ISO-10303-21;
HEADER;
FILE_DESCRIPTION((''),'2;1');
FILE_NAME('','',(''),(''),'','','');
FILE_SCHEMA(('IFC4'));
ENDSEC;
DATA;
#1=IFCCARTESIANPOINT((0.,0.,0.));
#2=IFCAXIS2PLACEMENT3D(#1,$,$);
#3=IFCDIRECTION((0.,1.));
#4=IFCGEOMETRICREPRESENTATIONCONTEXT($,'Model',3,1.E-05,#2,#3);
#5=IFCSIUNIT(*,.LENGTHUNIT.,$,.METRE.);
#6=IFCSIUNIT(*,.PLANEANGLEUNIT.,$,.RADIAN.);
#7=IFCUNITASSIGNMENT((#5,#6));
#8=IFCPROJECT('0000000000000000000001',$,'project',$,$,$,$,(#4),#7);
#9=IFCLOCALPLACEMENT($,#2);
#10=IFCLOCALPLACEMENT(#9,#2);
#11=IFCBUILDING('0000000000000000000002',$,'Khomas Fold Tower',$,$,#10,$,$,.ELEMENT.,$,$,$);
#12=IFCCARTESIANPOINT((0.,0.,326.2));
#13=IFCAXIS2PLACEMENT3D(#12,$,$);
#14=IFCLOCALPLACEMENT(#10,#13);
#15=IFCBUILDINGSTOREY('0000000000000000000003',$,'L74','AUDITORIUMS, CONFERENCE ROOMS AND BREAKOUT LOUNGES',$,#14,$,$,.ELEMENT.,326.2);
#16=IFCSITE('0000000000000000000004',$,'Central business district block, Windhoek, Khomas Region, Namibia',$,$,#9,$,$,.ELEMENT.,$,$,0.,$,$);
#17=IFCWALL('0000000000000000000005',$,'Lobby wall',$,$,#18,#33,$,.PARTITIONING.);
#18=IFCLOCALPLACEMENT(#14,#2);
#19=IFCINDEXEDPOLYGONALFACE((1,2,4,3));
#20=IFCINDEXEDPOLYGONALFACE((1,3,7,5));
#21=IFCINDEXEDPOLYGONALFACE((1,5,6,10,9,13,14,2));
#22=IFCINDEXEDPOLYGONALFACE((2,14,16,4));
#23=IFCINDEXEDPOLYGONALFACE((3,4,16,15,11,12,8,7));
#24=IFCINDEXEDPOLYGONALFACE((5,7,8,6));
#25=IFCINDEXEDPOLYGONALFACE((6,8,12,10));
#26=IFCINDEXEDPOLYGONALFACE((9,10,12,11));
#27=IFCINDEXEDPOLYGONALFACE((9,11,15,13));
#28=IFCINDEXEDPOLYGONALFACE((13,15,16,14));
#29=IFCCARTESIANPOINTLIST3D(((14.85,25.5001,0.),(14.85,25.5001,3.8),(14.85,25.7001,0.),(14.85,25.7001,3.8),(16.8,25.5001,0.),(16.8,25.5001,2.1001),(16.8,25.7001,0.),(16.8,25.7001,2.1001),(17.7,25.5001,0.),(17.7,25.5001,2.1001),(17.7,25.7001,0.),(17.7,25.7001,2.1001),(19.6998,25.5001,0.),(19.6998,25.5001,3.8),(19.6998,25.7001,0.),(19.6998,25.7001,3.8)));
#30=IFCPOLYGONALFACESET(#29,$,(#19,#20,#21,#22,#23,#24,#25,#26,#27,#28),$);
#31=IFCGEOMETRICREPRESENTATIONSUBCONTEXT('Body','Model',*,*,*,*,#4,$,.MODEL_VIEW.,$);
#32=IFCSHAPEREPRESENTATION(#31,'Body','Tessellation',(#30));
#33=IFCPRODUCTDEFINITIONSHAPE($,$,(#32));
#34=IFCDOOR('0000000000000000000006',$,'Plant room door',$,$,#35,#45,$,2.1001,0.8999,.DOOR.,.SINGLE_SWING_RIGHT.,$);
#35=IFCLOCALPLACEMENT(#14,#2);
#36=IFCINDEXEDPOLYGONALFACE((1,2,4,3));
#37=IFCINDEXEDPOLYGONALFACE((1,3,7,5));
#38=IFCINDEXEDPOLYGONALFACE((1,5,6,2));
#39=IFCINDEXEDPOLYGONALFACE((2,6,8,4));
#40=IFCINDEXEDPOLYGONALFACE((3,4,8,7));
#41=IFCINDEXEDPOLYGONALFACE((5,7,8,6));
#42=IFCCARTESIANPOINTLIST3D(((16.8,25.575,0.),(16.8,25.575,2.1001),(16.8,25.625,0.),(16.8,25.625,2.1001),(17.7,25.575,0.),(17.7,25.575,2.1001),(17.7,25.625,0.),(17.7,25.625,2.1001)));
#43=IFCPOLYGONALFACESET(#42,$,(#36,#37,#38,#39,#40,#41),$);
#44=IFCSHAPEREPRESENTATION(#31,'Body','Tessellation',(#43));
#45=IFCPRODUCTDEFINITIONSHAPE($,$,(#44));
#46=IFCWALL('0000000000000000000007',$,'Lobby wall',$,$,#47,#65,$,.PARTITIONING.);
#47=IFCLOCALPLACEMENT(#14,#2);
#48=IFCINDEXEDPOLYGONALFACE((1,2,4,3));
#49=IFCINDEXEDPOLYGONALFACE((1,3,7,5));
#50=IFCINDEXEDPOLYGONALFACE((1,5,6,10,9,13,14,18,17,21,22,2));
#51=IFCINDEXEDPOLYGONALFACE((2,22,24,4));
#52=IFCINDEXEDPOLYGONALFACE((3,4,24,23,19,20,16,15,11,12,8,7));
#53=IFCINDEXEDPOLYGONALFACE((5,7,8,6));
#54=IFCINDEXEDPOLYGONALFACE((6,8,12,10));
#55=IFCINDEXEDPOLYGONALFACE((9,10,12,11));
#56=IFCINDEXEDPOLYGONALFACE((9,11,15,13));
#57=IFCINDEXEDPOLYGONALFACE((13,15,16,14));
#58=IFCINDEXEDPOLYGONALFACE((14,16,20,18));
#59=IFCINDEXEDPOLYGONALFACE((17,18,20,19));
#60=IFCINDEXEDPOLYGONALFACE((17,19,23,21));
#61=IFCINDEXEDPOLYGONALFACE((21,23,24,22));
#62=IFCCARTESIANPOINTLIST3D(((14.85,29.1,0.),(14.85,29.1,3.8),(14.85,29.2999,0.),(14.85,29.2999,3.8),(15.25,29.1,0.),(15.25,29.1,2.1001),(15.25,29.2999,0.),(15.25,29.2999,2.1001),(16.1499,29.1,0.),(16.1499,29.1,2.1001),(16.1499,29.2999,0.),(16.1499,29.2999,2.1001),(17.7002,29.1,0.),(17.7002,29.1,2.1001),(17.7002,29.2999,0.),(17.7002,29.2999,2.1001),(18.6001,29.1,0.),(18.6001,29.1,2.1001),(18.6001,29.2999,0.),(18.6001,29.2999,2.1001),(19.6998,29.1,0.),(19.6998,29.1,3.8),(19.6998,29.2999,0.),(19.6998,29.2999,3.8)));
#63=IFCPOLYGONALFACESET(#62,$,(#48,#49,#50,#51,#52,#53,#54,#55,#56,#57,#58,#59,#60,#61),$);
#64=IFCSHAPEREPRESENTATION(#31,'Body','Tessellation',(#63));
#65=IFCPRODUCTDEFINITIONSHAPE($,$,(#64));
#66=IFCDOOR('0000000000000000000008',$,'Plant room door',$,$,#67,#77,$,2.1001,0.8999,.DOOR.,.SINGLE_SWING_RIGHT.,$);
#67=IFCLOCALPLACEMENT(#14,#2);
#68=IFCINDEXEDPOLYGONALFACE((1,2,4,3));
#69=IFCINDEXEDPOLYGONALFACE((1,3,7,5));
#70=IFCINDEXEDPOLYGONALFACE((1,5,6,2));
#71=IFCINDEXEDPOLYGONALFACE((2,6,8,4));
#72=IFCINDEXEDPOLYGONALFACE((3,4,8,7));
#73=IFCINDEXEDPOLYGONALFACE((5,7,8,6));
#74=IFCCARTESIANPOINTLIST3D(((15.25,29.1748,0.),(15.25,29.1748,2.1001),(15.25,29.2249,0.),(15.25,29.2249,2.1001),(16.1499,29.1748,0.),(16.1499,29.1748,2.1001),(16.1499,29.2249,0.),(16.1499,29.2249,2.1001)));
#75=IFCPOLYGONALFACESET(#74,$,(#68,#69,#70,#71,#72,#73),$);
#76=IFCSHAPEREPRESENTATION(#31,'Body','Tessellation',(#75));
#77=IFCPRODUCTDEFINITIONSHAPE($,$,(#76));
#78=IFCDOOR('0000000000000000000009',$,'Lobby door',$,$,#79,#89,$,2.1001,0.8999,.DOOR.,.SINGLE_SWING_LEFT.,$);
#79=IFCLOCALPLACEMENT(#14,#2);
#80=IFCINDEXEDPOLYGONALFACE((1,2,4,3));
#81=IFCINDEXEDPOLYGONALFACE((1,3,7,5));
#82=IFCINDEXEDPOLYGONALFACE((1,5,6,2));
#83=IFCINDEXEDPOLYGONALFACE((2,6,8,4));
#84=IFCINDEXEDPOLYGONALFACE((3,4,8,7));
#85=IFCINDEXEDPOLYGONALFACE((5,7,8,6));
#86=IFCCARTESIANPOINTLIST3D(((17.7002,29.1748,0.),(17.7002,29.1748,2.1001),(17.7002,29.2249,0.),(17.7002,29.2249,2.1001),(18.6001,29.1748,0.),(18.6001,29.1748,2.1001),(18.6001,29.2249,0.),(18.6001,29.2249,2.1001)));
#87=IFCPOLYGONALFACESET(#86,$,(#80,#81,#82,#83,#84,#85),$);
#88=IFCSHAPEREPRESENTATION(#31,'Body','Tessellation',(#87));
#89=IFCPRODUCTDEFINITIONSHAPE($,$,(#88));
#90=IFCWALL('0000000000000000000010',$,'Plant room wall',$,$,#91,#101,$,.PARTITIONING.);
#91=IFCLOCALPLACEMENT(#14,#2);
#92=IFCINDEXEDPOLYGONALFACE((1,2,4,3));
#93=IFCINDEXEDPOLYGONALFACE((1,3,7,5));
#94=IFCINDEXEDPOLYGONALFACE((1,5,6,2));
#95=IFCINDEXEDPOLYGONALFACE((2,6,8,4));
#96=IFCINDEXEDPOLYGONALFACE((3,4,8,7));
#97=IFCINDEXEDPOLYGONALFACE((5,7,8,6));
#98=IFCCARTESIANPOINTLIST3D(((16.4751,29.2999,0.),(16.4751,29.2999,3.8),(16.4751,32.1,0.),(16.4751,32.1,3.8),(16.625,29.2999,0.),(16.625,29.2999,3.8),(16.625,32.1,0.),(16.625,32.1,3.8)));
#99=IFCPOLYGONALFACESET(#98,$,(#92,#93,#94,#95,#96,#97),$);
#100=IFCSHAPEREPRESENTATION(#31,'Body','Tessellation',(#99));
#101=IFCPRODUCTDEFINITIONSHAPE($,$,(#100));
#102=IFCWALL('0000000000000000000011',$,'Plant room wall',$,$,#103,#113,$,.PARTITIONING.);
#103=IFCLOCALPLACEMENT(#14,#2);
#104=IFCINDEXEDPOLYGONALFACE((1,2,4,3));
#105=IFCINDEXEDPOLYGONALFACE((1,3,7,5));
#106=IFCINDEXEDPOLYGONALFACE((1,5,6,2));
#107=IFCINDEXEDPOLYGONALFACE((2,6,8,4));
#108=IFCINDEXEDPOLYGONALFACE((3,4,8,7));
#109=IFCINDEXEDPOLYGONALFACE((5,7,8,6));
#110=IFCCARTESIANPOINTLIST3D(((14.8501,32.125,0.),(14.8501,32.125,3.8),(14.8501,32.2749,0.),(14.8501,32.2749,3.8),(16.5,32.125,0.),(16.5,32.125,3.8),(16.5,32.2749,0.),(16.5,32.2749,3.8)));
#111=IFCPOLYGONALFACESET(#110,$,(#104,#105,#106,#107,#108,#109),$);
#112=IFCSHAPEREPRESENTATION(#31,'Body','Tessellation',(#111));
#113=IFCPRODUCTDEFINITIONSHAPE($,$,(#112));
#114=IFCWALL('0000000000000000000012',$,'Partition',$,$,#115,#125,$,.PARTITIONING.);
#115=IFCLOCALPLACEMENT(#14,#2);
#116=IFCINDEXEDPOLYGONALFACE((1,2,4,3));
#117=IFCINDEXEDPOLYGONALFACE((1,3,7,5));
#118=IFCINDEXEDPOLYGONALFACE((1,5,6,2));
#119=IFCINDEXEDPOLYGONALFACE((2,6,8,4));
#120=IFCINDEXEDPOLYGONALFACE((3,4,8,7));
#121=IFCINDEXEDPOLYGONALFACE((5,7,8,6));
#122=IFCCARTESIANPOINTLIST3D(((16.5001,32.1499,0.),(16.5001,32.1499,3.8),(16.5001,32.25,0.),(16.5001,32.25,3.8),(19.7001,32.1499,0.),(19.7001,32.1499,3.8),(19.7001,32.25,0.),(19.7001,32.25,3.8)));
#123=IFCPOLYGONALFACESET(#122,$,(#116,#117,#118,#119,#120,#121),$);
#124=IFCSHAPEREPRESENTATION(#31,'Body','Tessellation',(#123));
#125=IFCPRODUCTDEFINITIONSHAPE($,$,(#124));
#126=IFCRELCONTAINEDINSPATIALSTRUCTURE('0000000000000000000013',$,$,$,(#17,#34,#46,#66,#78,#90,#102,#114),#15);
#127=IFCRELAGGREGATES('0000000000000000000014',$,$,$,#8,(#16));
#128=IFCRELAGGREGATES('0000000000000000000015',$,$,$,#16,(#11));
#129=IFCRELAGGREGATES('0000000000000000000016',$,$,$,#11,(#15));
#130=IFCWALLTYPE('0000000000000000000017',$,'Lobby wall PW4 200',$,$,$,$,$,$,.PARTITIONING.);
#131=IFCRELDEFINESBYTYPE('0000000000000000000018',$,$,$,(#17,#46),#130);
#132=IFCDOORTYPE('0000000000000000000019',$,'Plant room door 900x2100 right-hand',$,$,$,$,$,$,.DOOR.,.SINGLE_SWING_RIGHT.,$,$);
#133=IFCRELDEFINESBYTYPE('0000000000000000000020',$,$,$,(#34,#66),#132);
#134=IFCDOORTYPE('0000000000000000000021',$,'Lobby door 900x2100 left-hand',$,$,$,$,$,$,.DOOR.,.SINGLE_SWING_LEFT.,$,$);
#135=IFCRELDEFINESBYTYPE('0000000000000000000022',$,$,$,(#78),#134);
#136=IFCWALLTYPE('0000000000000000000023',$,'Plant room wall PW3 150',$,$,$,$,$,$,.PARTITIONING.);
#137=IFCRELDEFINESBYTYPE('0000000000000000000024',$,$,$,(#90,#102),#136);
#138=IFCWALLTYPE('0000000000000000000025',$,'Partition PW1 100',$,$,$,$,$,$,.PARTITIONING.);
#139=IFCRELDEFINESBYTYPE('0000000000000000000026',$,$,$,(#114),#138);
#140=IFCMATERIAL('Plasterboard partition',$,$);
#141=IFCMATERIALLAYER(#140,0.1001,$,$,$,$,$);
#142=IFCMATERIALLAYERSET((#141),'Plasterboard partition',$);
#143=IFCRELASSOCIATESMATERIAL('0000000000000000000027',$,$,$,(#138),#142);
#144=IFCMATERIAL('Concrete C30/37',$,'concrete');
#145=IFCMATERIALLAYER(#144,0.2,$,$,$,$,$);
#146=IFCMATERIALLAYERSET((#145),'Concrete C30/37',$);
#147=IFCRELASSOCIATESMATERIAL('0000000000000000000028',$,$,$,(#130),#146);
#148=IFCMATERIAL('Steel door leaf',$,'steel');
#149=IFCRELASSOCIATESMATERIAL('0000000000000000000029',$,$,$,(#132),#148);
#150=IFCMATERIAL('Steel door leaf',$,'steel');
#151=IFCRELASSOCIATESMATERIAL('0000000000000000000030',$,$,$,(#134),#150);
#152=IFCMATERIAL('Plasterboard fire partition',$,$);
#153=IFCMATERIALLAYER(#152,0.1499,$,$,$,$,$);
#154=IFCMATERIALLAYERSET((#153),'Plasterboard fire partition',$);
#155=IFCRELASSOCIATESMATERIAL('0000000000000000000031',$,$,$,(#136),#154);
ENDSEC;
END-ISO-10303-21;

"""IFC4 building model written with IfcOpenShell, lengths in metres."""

from ifc_helpers import new_model, si_unit, direction, frame, frame_2d, origin, place, context, subcontext, project, spatial, rectangle, extrude, source, transform, mapped, material, layer, layer_set, type_object, element, fill, save


model = new_model("IFC4")

# Units and contexts
model_context = context("Model", 3, precision=1e-05, world=origin(), true_north=direction((0.0, 1.0)))
body_context = subcontext(model_context, "Body", "Model", "MODEL_VIEW")
ifc_project = project(units=[si_unit("LENGTHUNIT", "METRE"), si_unit("PLANEANGLEUNIT", "RADIAN")], contexts=[model_context])

# Site, building, storey
site_placement = place(None, origin())
site = spatial("IfcSite", under=ifc_project, at=site_placement, Name="Central business district block, Windhoek, Khomas Region, Namibia", CompositionType="ELEMENT", RefElevation=0.0)
building_placement = place(site_placement, origin())
building = spatial("IfcBuilding", under=site, at=building_placement, Name="Khomas Fold Tower", CompositionType="ELEMENT")
storey_placement = place(building_placement, frame((0.0, 0.0, 326.2)))
storey = spatial("IfcBuildingStorey", under=building, at=storey_placement, Name="L74", Description="AUDITORIUMS, CONFERENCE ROOMS AND BREAKOUT LOUNGES", CompositionType="ELEMENT", Elevation=326.2)

# Shared definitions
ifc_material_1 = material(Name="Plasterboard partition")
ifc_layer_1 = layer(ifc_material_1, 0.1001)
ifc_layer_set_1 = layer_set([ifc_layer_1], Name="Plasterboard partition")
wall_type_1 = type_object("IfcWallType", Name="Partition PW1 100", PredefinedType="PARTITIONING", material=ifc_layer_set_1)

# Wall, opening, door
ifc_material_2 = material(Name="Concrete C30/37", Category="concrete")
ifc_layer_2 = layer(ifc_material_2, 0.2)
ifc_layer_set_2 = layer_set([ifc_layer_2], Name="Concrete C30/37")
wall_type_2 = type_object("IfcWallType", Name="Lobby wall PW4 200", PredefinedType="PARTITIONING", material=ifc_layer_set_2)
shared_shape_1 = source(origin(), body_context, "Body", "SweptSolid", [
    extrude(rectangle(XDim=4.8499, YDim=0.2, at=frame_2d((2.4248, 0.0))), origin(), (0.0, 0.0, 1.0), 3.8),
])
wall_1_placement = place(storey_placement, frame((14.8501, 25.6001, 0.0), z_axis=(0.0, 0.0, 1.0), x_axis=(1.0, 0.0, 0.0)))
wall_1 = element("IfcWall", 1, at=wall_1_placement, inside=storey, type_object=wall_type_2, Name="Lobby wall", PredefinedType="PARTITIONING", context=body_context, shape_type="MappedRepresentation", body=[
    mapped(shared_shape_1, transform((0.0, 0.0, 0.0))),
])
shared_shape_2 = source(origin(), body_context, "Body", "SweptSolid", [
    extrude(rectangle(XDim=0.8999, YDim=2.1001, at=frame_2d((0.45, 1.05))), frame((0.0, 0.1099, 0.0), z_axis=(0.0, -1.0, 0.0), x_axis=(1.0, 0.0, 0.0)), (0.0, 0.0, 1.0), 0.22),
])
opening_1_placement = place(wall_1_placement, frame((1.95, 0.0, 0.0)))
opening_1 = element("IfcOpeningElement", 2, at=opening_1_placement, cuts=wall_1, PredefinedType="OPENING", context=body_context, shape_type="MappedRepresentation", body=[
    mapped(shared_shape_2, transform((0.0, 0.0, 0.0))),
])
ifc_material_3 = material(Name="Steel door leaf", Category="steel")
door_type_1 = type_object("IfcDoorType", Name="Plant room door 900x2100 right-hand", OperationType="SINGLE_SWING_RIGHT", PredefinedType="DOOR", material=ifc_material_3)
shared_shape_3 = source(origin(), body_context, "Body", "SweptSolid", [
    extrude(rectangle(XDim=0.8999, YDim=2.1001, at=frame_2d((0.45, 1.05))), frame((0.0, 0.0249, 0.0), z_axis=(0.0, -1.0, 0.0), x_axis=(1.0, 0.0, 0.0)), (0.0, 0.0, 1.0), 0.05),
])
door_1_placement = place(opening_1_placement, origin())
door_1 = element("IfcDoor", 3, at=door_1_placement, inside=storey, type_object=door_type_1, Name="Plant room door", OperationType="SINGLE_SWING_RIGHT", OverallHeight=2.1001, OverallWidth=0.8999, PredefinedType="DOOR", context=body_context, shape_type="MappedRepresentation", body=[
    mapped(shared_shape_3, transform((0.0, 0.0, 0.0))),
])
fill(opening_1, door_1)

# Wall, openings, doors
wall_2_placement = place(storey_placement, frame((14.8501, 29.2, 0.0), z_axis=(0.0, 0.0, 1.0), x_axis=(1.0, 0.0, 0.0)))
wall_2 = element("IfcWall", 4, at=wall_2_placement, inside=storey, type_object=wall_type_2, Name="Lobby wall", PredefinedType="PARTITIONING", context=body_context, shape_type="MappedRepresentation", body=[
    mapped(shared_shape_1, transform((0.0, 0.0, 0.0))),
])
opening_2_placement = place(wall_2_placement, frame((0.3999, 0.0, 0.0)))
opening_2 = element("IfcOpeningElement", 5, at=opening_2_placement, cuts=wall_2, PredefinedType="OPENING", context=body_context, shape_type="MappedRepresentation", body=[
    mapped(shared_shape_2, transform((0.0, 0.0, 0.0))),
])
opening_3_placement = place(wall_2_placement, frame((2.8501, 0.0, 0.0)))
opening_3 = element("IfcOpeningElement", 6, at=opening_3_placement, cuts=wall_2, PredefinedType="OPENING", context=body_context, shape_type="MappedRepresentation", body=[
    mapped(shared_shape_2, transform((0.0, 0.0, 0.0))),
])
door_2_placement = place(opening_2_placement, origin())
door_2 = element("IfcDoor", 7, at=door_2_placement, inside=storey, type_object=door_type_1, Name="Plant room door", OperationType="SINGLE_SWING_RIGHT", OverallHeight=2.1001, OverallWidth=0.8999, PredefinedType="DOOR", context=body_context, shape_type="MappedRepresentation", body=[
    mapped(shared_shape_3, transform((0.0, 0.0, 0.0))),
])
fill(opening_2, door_2)
ifc_material_4 = material(Name="Steel door leaf", Category="steel")
door_type_2 = type_object("IfcDoorType", Name="Lobby door 900x2100 left-hand", OperationType="SINGLE_SWING_LEFT", PredefinedType="DOOR", material=ifc_material_4)
door_3_placement = place(opening_3_placement, origin())
door_3 = element("IfcDoor", 8, at=door_3_placement, inside=storey, type_object=door_type_2, Name="Lobby door", OperationType="SINGLE_SWING_LEFT", OverallHeight=2.1001, OverallWidth=0.8999, PredefinedType="DOOR", context=body_context, shape_type="MappedRepresentation", body=[
    mapped(shared_shape_3, transform((0.0, 0.0, 0.0))),
])
fill(opening_3, door_3)

# Walls
ifc_material_5 = material(Name="Plasterboard fire partition")
ifc_layer_3 = layer(ifc_material_5, 0.1499)
ifc_layer_set_3 = layer_set([ifc_layer_3], Name="Plasterboard fire partition")
wall_type_3 = type_object("IfcWallType", Name="Plant room wall PW3 150", PredefinedType="PARTITIONING", material=ifc_layer_set_3)
shared_shape_4 = source(origin(), body_context, "Body", "SweptSolid", [
    extrude(rectangle(XDim=2.8, YDim=0.1499, at=frame_2d((1.3999, 0.0))), origin(), (0.0, 0.0, 1.0), 3.8),
])
wall_3_placement = place(storey_placement, frame((16.55, 29.3, 0.0), z_axis=(0.0, 0.0, 1.0), x_axis=(0.0, 1.0, 0.0)))
element("IfcWall", 9, at=wall_3_placement, inside=storey, type_object=wall_type_3, Name="Plant room wall", PredefinedType="PARTITIONING", context=body_context, shape_type="MappedRepresentation", body=[
    mapped(shared_shape_4, transform((0.0, 0.0, 0.0))),
])
shared_shape_5 = source(origin(), body_context, "Body", "SweptSolid", [
    extrude(rectangle(XDim=1.6499, YDim=0.1499, at=frame_2d((0.825, 0.0))), origin(), (0.0, 0.0, 1.0), 3.8),
])
wall_4_placement = place(storey_placement, frame((14.8501, 32.2, 0.0), z_axis=(0.0, 0.0, 1.0), x_axis=(1.0, 0.0, 0.0)))
element("IfcWall", 10, at=wall_4_placement, inside=storey, type_object=wall_type_3, Name="Plant room wall", PredefinedType="PARTITIONING", context=body_context, shape_type="MappedRepresentation", body=[
    mapped(shared_shape_5, transform((0.0, 0.0, 0.0))),
])
shared_shape_6 = source(origin(), body_context, "Body", "SweptSolid", [
    extrude(rectangle(XDim=3.2, YDim=0.1001, at=frame_2d((1.6001, 0.0))), origin(), (0.0, 0.0, 1.0), 3.8),
])
wall_5_placement = place(storey_placement, frame((16.5, 32.2, 0.0), z_axis=(0.0, 0.0, 1.0), x_axis=(1.0, 0.0, 0.0)))
element("IfcWall", 11, at=wall_5_placement, inside=storey, type_object=wall_type_1, Name="Partition", PredefinedType="PARTITIONING", context=body_context, shape_type="MappedRepresentation", body=[
    mapped(shared_shape_6, transform((0.0, 0.0, 0.0))),
])

save(model, "model.ifc")
